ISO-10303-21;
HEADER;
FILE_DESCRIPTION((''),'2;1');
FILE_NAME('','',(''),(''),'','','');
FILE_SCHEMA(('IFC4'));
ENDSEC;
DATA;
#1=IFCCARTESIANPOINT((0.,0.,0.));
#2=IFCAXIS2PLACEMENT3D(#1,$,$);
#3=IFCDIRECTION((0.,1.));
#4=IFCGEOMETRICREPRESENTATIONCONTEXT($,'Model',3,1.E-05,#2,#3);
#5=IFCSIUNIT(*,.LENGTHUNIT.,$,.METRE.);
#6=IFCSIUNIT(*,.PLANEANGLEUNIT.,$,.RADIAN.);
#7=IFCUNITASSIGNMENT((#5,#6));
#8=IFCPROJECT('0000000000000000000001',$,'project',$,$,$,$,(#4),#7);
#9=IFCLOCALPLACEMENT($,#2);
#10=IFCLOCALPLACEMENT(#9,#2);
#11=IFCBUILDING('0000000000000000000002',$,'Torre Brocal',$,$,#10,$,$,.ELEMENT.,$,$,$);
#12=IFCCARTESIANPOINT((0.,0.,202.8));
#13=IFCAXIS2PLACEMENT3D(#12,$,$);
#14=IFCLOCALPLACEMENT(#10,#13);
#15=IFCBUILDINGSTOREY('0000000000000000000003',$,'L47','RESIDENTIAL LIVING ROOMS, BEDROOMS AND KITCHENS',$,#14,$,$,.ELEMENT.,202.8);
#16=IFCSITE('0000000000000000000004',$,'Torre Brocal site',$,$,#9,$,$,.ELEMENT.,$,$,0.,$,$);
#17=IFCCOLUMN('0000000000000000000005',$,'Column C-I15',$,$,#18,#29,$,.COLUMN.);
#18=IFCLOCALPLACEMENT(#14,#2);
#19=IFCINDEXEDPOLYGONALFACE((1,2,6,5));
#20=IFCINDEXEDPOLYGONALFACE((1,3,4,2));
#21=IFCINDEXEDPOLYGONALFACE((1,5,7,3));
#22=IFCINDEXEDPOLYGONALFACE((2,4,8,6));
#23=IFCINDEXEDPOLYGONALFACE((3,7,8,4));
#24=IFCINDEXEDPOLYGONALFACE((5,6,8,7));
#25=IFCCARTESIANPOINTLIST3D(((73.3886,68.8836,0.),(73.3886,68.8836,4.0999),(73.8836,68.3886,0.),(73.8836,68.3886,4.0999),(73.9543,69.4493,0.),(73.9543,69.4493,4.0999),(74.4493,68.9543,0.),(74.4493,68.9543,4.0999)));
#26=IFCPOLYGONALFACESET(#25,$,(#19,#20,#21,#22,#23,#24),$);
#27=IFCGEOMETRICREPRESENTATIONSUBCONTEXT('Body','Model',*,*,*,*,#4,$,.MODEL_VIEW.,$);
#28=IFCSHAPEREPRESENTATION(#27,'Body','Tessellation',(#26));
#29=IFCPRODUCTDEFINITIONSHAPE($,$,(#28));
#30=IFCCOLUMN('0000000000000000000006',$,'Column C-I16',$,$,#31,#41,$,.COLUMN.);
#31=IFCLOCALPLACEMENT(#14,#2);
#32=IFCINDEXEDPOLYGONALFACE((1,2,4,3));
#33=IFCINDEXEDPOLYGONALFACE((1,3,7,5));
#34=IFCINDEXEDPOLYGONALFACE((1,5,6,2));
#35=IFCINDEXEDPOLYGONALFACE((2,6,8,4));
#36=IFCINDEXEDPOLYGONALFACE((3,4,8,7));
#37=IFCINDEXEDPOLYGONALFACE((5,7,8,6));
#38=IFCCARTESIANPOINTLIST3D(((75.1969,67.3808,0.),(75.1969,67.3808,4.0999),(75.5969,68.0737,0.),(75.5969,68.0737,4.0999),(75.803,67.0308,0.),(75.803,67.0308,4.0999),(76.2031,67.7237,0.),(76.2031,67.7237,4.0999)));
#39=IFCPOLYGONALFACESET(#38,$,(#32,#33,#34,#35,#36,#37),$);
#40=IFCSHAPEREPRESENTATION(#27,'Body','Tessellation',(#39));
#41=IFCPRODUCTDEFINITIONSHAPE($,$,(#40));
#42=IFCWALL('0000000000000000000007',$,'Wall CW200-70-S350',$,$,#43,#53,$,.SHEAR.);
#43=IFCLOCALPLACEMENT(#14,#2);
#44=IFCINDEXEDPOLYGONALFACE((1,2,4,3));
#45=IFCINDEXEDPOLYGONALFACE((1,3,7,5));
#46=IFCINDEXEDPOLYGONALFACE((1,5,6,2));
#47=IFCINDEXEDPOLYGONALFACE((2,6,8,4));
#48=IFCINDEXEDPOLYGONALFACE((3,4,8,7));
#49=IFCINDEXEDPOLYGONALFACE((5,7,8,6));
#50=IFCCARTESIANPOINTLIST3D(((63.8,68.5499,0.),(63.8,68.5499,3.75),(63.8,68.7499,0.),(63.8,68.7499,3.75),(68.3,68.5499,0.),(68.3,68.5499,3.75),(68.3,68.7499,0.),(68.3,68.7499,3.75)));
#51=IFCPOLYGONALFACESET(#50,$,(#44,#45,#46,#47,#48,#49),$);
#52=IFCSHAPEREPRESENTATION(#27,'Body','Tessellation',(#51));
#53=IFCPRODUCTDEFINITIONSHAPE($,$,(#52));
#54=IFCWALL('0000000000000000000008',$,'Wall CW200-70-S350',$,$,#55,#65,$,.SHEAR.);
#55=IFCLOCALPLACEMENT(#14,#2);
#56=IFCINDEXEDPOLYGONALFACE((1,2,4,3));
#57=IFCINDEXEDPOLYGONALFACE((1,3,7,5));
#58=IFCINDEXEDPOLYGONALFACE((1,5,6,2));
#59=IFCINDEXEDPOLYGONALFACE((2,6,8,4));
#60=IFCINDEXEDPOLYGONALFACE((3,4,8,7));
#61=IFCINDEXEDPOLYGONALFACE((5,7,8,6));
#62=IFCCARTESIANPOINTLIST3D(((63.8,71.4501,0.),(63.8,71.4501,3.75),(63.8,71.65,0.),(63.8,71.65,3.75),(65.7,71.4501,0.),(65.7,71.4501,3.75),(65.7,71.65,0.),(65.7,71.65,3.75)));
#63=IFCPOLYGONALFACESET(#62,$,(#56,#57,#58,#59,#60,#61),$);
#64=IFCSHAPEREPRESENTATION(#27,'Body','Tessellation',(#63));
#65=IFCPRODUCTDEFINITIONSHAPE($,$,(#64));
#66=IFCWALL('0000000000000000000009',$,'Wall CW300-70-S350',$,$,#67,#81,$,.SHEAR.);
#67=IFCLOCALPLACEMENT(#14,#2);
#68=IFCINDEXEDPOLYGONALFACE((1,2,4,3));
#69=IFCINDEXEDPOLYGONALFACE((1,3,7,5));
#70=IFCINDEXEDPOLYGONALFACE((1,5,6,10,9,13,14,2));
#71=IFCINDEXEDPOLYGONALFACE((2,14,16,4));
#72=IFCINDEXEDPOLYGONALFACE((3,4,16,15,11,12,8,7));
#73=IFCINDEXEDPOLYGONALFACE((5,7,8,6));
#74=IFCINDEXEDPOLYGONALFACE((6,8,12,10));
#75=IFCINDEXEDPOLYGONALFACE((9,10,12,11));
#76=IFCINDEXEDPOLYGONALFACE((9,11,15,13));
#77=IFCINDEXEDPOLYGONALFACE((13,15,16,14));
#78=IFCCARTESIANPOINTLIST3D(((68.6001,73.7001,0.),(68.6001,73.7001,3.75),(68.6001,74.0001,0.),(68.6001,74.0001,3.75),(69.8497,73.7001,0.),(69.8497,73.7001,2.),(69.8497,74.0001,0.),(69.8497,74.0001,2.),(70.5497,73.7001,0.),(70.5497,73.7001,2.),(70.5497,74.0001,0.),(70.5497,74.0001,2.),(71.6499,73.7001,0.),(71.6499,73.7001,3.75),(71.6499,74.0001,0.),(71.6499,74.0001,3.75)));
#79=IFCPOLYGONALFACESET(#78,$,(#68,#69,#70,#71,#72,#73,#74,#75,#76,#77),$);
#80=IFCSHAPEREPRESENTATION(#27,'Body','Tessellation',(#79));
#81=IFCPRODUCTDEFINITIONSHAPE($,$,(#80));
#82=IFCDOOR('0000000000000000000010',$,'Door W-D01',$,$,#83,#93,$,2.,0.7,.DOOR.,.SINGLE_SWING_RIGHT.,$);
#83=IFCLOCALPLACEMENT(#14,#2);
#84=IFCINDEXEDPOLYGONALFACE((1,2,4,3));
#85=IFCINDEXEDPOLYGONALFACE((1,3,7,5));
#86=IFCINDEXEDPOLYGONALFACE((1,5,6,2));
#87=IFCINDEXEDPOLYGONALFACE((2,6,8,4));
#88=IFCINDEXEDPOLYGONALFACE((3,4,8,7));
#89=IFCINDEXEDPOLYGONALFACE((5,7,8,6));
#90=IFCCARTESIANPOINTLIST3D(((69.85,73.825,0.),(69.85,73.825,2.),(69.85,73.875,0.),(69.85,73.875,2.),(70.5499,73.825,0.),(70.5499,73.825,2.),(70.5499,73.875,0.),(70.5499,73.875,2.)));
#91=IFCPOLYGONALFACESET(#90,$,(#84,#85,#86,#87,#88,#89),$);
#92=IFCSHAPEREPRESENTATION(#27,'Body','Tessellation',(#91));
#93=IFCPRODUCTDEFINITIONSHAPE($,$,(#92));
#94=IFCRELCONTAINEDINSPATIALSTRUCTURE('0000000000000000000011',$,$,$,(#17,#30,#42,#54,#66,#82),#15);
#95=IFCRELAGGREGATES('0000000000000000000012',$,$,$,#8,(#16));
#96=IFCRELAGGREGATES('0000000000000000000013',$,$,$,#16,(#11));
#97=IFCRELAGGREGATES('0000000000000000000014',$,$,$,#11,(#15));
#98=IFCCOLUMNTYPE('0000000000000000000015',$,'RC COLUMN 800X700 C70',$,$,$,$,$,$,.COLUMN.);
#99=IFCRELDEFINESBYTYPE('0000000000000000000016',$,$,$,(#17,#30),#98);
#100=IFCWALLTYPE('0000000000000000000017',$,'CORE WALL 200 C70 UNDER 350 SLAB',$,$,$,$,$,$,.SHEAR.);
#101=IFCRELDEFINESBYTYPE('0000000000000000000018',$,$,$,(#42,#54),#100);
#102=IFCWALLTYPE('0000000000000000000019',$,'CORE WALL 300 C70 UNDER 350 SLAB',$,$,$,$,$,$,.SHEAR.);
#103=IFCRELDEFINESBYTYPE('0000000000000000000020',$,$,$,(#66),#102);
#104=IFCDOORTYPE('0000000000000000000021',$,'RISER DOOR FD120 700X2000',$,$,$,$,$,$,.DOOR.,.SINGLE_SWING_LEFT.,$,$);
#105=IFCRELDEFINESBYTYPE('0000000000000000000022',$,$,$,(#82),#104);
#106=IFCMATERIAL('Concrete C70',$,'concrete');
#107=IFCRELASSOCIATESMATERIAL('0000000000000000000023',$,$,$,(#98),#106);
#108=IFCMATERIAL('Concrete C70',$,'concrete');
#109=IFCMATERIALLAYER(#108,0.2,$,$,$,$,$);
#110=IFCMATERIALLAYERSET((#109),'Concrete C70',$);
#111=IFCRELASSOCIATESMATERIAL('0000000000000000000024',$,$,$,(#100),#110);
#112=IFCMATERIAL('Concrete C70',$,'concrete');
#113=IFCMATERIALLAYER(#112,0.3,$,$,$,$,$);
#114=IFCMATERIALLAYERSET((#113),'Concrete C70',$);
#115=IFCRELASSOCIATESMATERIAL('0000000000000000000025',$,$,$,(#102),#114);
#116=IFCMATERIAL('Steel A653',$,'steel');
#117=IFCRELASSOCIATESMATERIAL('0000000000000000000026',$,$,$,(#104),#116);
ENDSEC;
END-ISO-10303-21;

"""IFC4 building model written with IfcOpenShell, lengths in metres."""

from ifc_helpers import new_model, si_unit, direction, frame, frame_2d, origin, origin_2d, place, context, subcontext, project, spatial, rectangle, extrude, material, layer, layer_set, material_profile, profile_set, type_object, element, fill, save


model = new_model("IFC4")

# Units and contexts
model_context = context("Model", 3, precision=1e-05, world=origin(), true_north=direction((0.0, 1.0)))
body_context = subcontext(model_context, "Body", "Model", "MODEL_VIEW")
ifc_project = project(units=[si_unit("LENGTHUNIT", "METRE"), si_unit("PLANEANGLEUNIT", "RADIAN")], contexts=[model_context])

# Site, building, storey
site_placement = place(None, origin())
site = spatial("IfcSite", under=ifc_project, at=site_placement, Name="Torre Brocal site", CompositionType="ELEMENT", RefElevation=0.0)
building_placement = place(site_placement, origin())
building = spatial("IfcBuilding", under=site, at=building_placement, Name="Torre Brocal", CompositionType="ELEMENT")
storey_placement = place(building_placement, frame((0.0, 0.0, 202.8)))
storey = spatial("IfcBuildingStorey", under=building, at=storey_placement, Name="L47", Description="RESIDENTIAL LIVING ROOMS, BEDROOMS AND KITCHENS", CompositionType="ELEMENT", Elevation=202.8)

# Columns
ifc_material_1 = material(Name="Concrete C70", Category="concrete")
ifc_material_profile = material_profile(ifc_material_1, rectangle(XDim=0.8, YDim=0.7, at=origin_2d()), Name="RC 800X700")
ifc_profile_set = profile_set([ifc_material_profile], Name="Concrete C70")
column_type = type_object("IfcColumnType", Name="RC COLUMN 800X700 C70", PredefinedType="COLUMN", material=ifc_profile_set)
for number, where, z_axis, x_axis, name in (
    (1, (73.9189, 68.9189, 0.0), (0.0, 0.0, 1.0), (-0.707107, -0.707107, 0.0), "Column C-I15"),
    (2, (75.7, 67.5522, 0.0), (0.0, 0.0, 1.0), (-0.5, -0.866025, 0.0), "Column C-I16"),
):
    element("IfcColumn", number, at=place(storey_placement, frame(where, z_axis=z_axis, x_axis=x_axis)), inside=storey, type_object=column_type, Name=name, PredefinedType="COLUMN", context=body_context, shape_type="SweptSolid", body=[
        extrude(rectangle(XDim=0.8, YDim=0.7, at=origin_2d()), origin(), (0.0, 0.0, 1.0), 4.0999),
    ])

# Walls
ifc_material_2 = material(Name="Concrete C70", Category="concrete")
ifc_layer_1 = layer(ifc_material_2, 0.2)
ifc_layer_set_1 = layer_set([ifc_layer_1], Name="Concrete C70")
wall_type_1 = type_object("IfcWallType", Name="CORE WALL 200 C70 UNDER 350 SLAB", PredefinedType="SHEAR", material=ifc_layer_set_1)
wall_1_placement = place(storey_placement, frame((68.3, 68.6499, 0.0), z_axis=(0.0, 0.0, 1.0), x_axis=(-1.0, 0.0, 0.0)))
element("IfcWall", 3, at=wall_1_placement, inside=storey, type_object=wall_type_1, Name="Wall CW200-70-S350", PredefinedType="SHEAR", context=body_context, shape_type="SweptSolid", body=[
    extrude(rectangle(XDim=4.5, YDim=0.2, at=frame_2d((2.25, 0.0))), origin(), (0.0, 0.0, 1.0), 3.75),
])
wall_2_placement = place(storey_placement, frame((65.7, 71.55, 0.0), z_axis=(0.0, 0.0, 1.0), x_axis=(-1.0, 0.0, 0.0)))
element("IfcWall", 4, at=wall_2_placement, inside=storey, type_object=wall_type_1, Name="Wall CW200-70-S350", PredefinedType="SHEAR", context=body_context, shape_type="SweptSolid", body=[
    extrude(rectangle(XDim=1.8999, YDim=0.2, at=frame_2d((0.95, 0.0))), origin(), (0.0, 0.0, 1.0), 3.75),
])

# Wall, opening, door
ifc_material_3 = material(Name="Concrete C70", Category="concrete")
ifc_layer_2 = layer(ifc_material_3, 0.3)
ifc_layer_set_2 = layer_set([ifc_layer_2], Name="Concrete C70")
wall_type_2 = type_object("IfcWallType", Name="CORE WALL 300 C70 UNDER 350 SLAB", PredefinedType="SHEAR", material=ifc_layer_set_2)
wall_3_placement = place(storey_placement, frame((71.6499, 73.8501, 0.0), z_axis=(0.0, 0.0, 1.0), x_axis=(-1.0, 0.0, 0.0)))
wall_3 = element("IfcWall", 5, at=wall_3_placement, inside=storey, type_object=wall_type_2, Name="Wall CW300-70-S350", PredefinedType="SHEAR", context=body_context, shape_type="SweptSolid", body=[
    extrude(rectangle(XDim=3.0498, YDim=0.3, at=frame_2d((1.5249, 0.0))), origin(), (0.0, 0.0, 1.0), 3.75),
])
opening_1_placement = place(wall_3_placement, frame((1.1001, 0.0, 0.0)))
opening_1 = element("IfcOpeningElement", 6, at=opening_1_placement, cuts=wall_3, PredefinedType="OPENING", context=body_context, shape_type="SweptSolid", body=[
    extrude(rectangle(XDim=0.7, YDim=2.0, at=frame_2d((0.3501, 1.0))), frame((0.0, 0.1599, 0.0), z_axis=(0.0, -1.0, 0.0), x_axis=(1.0, 0.0, 0.0)), (0.0, 0.0, 1.0), 0.3201),
])
ifc_material_4 = material(Name="Steel A653", Category="steel")
door_type_1 = type_object("IfcDoorType", Name="RISER DOOR FD120 700X2000", OperationType="SINGLE_SWING_LEFT", PredefinedType="DOOR", material=ifc_material_4)
door_1_placement = place(opening_1_placement, frame((0.7, 0.0, 0.0), z_axis=(0.0, 0.0, 1.0), x_axis=(-1.0, 0.0, 0.0)))
door_1 = element("IfcDoor", 7, at=door_1_placement, inside=storey, type_object=door_type_1, Name="Door W-D01", OperationType="SINGLE_SWING_RIGHT", OverallHeight=2.0, OverallWidth=0.7, PredefinedType="DOOR", context=body_context, shape_type="SweptSolid", body=[
    extrude(rectangle(XDim=0.7, YDim=2.0, at=frame_2d((0.3501, 1.0))), frame((0.0, 0.0249, 0.0), z_axis=(0.0, -1.0, 0.0), x_axis=(1.0, 0.0, 0.0)), (0.0, 0.0, 1.0), 0.05),
])
fill(opening_1, door_1)

save(model, "model.ifc")
